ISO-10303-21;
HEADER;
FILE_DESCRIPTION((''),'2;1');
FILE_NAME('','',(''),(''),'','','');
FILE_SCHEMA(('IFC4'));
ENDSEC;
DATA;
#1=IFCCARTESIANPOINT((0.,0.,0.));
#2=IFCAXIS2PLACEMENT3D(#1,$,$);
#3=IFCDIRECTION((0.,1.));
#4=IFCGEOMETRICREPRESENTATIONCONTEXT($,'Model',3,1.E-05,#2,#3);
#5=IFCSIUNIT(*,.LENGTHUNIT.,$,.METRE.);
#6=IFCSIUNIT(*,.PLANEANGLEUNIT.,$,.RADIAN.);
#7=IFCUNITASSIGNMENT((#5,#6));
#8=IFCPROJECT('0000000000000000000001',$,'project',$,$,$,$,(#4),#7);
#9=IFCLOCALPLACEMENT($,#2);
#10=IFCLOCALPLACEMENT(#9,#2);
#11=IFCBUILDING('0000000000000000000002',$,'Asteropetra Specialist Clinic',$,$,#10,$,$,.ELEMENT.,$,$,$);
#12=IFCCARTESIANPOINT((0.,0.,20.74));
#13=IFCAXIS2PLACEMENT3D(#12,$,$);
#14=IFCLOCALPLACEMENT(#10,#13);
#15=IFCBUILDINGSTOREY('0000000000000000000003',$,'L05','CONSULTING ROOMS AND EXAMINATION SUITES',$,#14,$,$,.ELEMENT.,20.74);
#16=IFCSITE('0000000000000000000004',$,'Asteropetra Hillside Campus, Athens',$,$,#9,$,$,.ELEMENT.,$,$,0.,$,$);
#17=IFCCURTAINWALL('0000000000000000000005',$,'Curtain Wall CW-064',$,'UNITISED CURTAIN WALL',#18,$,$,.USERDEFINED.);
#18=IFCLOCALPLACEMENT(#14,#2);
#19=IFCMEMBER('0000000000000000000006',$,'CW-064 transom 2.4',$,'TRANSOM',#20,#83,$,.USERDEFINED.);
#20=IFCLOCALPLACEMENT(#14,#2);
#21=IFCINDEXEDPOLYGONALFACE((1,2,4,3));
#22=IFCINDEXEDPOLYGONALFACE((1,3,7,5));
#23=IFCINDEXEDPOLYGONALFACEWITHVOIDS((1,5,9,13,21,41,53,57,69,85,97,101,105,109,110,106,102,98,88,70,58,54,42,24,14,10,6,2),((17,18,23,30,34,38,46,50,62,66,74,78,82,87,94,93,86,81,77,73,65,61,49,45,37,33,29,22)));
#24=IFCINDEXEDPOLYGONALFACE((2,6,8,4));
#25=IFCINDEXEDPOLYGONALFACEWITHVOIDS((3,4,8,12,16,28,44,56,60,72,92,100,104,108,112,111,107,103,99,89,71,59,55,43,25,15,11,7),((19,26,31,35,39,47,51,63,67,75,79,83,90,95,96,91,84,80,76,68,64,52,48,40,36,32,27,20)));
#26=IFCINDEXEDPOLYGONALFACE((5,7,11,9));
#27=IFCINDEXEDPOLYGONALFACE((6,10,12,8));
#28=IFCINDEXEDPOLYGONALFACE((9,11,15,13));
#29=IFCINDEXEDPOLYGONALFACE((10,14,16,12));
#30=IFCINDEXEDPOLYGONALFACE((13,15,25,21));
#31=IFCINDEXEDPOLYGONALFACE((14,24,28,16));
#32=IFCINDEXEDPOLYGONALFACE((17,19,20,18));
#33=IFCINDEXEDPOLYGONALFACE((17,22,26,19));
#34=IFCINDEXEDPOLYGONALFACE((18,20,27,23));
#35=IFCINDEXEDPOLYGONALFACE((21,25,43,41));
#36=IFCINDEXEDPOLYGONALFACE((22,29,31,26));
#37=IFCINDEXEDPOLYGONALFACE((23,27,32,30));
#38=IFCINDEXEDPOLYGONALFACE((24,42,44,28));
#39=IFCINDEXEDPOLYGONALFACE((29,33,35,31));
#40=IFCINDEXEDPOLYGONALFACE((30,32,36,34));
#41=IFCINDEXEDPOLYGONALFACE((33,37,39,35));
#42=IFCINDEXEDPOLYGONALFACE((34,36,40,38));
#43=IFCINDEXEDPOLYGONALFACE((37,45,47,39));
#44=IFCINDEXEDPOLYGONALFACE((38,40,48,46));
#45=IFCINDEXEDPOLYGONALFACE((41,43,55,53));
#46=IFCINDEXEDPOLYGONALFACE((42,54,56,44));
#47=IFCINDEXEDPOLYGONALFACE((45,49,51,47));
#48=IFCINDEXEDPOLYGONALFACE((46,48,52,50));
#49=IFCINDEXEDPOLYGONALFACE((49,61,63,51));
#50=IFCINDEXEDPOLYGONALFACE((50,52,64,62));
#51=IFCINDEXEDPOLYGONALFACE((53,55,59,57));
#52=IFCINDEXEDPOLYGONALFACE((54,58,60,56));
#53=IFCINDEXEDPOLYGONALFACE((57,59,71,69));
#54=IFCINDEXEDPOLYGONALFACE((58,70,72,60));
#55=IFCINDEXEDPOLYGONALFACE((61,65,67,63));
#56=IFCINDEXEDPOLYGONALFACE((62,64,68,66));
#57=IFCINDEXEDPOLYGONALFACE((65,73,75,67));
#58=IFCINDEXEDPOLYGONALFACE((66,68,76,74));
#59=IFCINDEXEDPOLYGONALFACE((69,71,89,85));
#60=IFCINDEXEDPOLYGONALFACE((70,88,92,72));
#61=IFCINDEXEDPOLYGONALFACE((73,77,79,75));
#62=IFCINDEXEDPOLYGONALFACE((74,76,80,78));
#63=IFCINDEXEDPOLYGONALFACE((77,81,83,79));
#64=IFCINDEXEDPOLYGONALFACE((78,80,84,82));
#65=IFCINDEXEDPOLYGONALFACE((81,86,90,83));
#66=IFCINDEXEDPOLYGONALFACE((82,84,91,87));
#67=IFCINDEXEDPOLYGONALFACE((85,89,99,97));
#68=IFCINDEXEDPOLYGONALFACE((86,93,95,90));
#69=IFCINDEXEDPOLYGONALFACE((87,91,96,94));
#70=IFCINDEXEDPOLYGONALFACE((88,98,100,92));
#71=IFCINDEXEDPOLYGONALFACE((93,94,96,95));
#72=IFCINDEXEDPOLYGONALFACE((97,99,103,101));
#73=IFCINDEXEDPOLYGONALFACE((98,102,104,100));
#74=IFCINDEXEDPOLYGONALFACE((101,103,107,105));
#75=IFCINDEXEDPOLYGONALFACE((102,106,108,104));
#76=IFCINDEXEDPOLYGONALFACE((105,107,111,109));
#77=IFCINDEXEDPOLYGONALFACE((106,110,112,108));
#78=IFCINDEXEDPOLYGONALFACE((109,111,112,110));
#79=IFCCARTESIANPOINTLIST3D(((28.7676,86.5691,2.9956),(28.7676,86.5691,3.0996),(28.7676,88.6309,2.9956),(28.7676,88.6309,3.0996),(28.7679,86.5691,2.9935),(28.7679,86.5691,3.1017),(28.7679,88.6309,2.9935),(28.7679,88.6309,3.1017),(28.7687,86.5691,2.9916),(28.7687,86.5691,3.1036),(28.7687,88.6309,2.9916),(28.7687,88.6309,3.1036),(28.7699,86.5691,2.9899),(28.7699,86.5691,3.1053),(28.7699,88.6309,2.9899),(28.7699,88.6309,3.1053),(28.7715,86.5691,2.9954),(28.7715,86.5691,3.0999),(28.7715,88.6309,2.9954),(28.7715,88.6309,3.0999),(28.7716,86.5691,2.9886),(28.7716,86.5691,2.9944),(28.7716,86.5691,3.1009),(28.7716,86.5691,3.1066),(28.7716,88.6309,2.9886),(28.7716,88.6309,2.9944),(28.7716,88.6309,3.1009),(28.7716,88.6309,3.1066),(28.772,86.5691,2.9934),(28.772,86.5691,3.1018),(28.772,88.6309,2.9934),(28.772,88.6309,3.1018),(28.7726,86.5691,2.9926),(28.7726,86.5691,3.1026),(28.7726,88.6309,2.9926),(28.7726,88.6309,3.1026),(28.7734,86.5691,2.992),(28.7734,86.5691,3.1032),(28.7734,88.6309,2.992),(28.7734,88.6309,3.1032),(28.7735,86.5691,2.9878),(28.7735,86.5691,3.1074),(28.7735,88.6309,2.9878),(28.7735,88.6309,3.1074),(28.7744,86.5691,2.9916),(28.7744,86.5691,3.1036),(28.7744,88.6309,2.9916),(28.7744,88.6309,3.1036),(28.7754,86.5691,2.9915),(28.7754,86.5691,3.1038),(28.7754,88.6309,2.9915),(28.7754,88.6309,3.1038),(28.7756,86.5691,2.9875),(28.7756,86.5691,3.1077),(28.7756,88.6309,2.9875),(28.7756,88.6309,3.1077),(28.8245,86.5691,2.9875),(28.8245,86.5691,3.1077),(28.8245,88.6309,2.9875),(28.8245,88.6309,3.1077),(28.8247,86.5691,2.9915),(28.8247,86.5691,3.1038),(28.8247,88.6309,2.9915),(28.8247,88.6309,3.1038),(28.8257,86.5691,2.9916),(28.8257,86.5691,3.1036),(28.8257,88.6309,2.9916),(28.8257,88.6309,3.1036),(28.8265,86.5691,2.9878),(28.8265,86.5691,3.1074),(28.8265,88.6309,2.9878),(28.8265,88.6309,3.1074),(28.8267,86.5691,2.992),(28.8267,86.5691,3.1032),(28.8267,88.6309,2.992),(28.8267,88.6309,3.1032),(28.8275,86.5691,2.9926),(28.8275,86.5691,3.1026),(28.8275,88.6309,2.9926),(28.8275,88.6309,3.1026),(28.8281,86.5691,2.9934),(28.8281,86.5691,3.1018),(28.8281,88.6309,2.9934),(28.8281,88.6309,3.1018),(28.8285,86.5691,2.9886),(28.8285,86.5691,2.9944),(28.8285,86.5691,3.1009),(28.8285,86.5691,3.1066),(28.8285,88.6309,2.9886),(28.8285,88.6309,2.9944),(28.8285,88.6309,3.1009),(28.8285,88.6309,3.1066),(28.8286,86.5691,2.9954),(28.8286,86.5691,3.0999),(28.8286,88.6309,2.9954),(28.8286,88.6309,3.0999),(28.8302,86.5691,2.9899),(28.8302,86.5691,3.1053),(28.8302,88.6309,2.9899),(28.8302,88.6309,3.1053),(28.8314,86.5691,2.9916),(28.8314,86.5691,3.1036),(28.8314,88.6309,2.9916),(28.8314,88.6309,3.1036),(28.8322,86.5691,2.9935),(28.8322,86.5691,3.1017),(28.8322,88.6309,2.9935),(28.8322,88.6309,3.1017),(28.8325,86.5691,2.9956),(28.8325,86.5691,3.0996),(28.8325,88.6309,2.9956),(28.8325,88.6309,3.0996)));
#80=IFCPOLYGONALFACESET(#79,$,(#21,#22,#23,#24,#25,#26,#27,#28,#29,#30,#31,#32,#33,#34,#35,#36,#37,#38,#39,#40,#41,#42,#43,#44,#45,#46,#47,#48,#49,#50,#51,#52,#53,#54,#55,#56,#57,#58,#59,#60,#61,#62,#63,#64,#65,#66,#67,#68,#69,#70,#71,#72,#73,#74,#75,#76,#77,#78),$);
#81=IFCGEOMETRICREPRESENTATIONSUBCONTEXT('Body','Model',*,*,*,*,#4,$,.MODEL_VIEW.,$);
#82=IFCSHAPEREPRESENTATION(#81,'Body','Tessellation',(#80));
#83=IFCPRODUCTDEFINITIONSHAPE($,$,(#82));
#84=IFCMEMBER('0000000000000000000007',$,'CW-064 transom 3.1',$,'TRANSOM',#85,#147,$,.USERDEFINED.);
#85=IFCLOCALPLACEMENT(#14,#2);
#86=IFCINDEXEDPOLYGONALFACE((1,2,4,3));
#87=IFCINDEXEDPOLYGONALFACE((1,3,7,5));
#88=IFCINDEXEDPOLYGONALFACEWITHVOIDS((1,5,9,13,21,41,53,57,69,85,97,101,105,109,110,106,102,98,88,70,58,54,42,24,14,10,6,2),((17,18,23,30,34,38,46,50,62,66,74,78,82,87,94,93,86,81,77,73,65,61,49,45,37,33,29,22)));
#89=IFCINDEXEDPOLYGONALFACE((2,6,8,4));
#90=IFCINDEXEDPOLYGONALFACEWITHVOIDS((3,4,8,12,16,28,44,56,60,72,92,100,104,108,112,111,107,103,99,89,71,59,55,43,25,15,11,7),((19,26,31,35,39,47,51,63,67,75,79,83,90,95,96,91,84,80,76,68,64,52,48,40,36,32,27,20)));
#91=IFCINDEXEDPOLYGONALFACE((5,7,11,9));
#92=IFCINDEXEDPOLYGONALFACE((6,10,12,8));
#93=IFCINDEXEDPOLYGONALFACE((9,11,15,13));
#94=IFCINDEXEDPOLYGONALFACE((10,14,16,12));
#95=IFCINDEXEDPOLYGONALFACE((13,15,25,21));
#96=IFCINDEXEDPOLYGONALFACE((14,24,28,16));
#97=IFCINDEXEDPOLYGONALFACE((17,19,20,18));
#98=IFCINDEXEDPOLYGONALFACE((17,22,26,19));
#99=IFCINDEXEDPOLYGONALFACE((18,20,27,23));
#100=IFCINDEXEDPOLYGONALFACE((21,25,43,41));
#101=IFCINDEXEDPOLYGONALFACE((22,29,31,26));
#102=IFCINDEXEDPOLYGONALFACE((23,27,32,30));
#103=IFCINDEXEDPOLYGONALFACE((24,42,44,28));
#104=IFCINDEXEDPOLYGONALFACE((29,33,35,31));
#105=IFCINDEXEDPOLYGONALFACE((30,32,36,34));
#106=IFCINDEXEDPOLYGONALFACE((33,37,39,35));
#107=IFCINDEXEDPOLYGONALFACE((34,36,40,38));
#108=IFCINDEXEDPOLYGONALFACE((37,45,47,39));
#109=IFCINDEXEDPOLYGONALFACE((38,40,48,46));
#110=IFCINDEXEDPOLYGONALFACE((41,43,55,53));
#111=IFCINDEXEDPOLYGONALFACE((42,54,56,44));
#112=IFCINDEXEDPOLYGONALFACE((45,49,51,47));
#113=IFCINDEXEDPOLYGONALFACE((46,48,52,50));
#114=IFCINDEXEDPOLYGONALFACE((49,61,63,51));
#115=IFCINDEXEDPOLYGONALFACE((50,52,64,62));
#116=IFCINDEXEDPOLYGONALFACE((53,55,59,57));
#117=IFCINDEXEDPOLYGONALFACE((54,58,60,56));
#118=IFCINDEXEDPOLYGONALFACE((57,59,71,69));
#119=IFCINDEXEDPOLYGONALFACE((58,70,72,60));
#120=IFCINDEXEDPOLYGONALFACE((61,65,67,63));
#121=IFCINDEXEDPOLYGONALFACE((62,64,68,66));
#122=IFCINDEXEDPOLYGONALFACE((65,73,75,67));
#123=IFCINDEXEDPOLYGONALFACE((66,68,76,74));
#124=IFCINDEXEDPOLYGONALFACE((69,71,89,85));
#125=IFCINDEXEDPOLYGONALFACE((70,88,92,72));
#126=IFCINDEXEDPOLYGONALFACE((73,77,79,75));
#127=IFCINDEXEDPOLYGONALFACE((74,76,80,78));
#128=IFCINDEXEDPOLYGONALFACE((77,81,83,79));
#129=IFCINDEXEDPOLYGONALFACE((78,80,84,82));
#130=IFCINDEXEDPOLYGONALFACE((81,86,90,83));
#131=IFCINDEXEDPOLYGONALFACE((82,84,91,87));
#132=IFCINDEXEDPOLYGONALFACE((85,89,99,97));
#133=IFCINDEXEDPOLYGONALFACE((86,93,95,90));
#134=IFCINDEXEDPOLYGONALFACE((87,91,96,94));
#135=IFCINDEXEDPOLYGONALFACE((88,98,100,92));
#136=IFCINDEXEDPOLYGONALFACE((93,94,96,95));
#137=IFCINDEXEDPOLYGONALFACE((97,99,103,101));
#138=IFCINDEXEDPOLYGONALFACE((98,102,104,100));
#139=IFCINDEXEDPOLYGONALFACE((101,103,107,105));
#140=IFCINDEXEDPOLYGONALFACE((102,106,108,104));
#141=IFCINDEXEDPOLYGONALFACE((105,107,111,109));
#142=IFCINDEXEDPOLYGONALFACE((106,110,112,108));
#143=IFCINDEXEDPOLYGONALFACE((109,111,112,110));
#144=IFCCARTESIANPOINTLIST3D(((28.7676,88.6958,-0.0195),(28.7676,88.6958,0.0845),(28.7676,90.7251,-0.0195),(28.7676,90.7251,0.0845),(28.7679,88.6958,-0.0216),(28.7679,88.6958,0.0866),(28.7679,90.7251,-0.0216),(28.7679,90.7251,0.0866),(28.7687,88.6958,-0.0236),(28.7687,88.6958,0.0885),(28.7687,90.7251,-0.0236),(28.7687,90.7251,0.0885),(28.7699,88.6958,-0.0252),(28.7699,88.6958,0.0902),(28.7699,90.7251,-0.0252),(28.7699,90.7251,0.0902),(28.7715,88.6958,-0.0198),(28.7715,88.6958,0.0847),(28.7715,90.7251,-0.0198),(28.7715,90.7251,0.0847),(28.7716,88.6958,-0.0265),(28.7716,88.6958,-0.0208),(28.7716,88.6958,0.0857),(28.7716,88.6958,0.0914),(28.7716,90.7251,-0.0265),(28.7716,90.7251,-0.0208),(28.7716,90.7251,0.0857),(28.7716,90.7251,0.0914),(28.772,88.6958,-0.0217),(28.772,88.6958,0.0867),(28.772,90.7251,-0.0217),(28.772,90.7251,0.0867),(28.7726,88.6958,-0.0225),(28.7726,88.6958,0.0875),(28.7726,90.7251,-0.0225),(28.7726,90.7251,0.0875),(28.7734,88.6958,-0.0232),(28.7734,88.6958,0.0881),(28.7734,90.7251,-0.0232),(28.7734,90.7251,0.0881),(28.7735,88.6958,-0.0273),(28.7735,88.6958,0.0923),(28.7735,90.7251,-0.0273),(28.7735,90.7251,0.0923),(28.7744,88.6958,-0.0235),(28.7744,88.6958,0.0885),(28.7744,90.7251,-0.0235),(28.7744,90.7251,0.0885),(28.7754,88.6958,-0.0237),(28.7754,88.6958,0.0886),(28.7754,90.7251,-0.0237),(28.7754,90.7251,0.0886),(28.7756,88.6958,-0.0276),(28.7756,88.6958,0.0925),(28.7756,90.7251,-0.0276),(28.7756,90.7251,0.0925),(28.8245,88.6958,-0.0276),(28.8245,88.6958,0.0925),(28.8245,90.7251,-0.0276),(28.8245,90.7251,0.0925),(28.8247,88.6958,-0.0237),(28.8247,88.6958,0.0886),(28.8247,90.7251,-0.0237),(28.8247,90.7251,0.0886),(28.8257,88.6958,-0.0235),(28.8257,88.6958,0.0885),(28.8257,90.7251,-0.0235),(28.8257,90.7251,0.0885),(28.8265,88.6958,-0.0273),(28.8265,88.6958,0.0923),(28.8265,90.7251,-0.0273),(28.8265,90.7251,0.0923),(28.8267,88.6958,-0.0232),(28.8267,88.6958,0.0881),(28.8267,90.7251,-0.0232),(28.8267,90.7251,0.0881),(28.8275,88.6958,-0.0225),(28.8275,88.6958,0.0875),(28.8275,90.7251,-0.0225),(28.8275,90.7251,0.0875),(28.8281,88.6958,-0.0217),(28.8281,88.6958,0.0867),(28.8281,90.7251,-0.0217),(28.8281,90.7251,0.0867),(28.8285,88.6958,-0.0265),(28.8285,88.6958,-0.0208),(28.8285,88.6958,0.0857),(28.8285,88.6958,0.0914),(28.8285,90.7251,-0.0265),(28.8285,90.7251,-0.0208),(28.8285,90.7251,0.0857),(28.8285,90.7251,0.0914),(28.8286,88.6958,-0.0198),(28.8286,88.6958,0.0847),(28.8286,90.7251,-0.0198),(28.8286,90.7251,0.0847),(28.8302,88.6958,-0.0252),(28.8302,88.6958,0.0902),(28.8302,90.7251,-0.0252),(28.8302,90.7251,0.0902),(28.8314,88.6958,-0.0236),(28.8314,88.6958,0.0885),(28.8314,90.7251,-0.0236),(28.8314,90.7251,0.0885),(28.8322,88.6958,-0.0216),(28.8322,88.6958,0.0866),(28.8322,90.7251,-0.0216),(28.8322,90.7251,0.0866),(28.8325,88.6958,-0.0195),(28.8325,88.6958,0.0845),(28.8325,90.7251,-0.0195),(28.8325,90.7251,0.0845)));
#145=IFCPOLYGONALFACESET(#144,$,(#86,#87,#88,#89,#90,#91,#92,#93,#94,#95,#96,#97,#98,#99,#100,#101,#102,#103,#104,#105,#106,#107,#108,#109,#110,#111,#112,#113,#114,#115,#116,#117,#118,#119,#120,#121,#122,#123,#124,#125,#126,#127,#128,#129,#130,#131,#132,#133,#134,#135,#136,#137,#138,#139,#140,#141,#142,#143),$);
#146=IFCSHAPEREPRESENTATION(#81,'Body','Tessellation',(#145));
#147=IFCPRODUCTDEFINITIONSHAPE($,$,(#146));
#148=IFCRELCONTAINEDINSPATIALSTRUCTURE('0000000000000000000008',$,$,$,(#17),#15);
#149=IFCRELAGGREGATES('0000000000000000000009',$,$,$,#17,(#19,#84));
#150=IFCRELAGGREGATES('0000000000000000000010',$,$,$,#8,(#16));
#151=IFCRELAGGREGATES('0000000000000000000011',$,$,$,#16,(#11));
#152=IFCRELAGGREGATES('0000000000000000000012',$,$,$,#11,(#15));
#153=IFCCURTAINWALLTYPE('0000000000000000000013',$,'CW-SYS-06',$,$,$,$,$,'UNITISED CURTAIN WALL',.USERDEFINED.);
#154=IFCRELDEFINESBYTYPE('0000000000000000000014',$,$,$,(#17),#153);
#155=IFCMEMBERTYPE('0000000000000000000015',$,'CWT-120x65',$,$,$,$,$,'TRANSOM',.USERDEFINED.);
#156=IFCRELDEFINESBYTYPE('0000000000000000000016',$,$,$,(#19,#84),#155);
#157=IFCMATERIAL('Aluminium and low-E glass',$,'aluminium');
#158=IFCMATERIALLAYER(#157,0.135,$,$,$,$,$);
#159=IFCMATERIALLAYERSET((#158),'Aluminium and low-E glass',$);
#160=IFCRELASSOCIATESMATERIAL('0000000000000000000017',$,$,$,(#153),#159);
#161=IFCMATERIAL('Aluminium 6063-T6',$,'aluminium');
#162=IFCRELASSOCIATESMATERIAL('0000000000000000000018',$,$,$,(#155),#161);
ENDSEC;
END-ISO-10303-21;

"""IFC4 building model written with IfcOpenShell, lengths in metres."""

from ifc_helpers import new_model, si_unit, direction, frame, origin, origin_2d, place, context, subcontext, project, spatial, hollow_rectangle, extrude, material, layer, layer_set, material_profile, profile_set, type_object, element, aggregate, save


model = new_model("IFC4")

# Units and contexts
model_context = context("Model", 3, precision=1e-05, world=origin(), true_north=direction((0.0, 1.0)))
body_context = subcontext(model_context, "Body", "Model", "MODEL_VIEW")
ifc_project = project(units=[si_unit("LENGTHUNIT", "METRE"), si_unit("PLANEANGLEUNIT", "RADIAN")], contexts=[model_context])

# Site, building, storey
site_placement = place(None, origin())
site = spatial("IfcSite", under=ifc_project, at=site_placement, Name="Asteropetra Hillside Campus, Athens", CompositionType="ELEMENT", RefElevation=0.0)
building_placement = place(site_placement, origin())
building = spatial("IfcBuilding", under=site, at=building_placement, Name="Asteropetra Specialist Clinic", CompositionType="ELEMENT")
storey_placement = place(building_placement, frame((0.0, 0.0, 20.74)))
storey = spatial("IfcBuildingStorey", under=building, at=storey_placement, Name="L05", Description="CONSULTING ROOMS AND EXAMINATION SUITES", CompositionType="ELEMENT", Elevation=20.74)

# Curtain wall, members
ifc_material_1 = material(Name="Aluminium and low-E glass", Category="aluminium")
ifc_layer_1 = layer(ifc_material_1, 0.135)
ifc_layer_set_1 = layer_set([ifc_layer_1], Name="Aluminium and low-E glass")
curtain_wall_type = type_object("IfcCurtainWallType", Name="CW-SYS-06", ElementType="UNITISED CURTAIN WALL", PredefinedType="USERDEFINED", material=ifc_layer_set_1)
curtain_wall_placement = place(storey_placement, origin())
curtain_wall = element("IfcCurtainWall", 1, at=curtain_wall_placement, inside=storey, type_object=curtain_wall_type, Name="Curtain Wall CW-064", ObjectType="UNITISED CURTAIN WALL", PredefinedType="USERDEFINED")
ifc_material_2 = material(Name="Aluminium 6063-T6", Category="aluminium")
ifc_material_profile_1 = material_profile(ifc_material_2, hollow_rectangle(XDim=0.0649, YDim=0.1201, WallThickness=0.0039, InnerFilletRadius=0.0039, OuterFilletRadius=0.0081, at=origin_2d()), Name="TRN 120x65x4.0")
ifc_profile_set_1 = profile_set([ifc_material_profile_1], Name="Aluminium 6063-T6")
member_type_1 = type_object("IfcMemberType", Name="CWT-120x65", ElementType="TRANSOM", PredefinedType="USERDEFINED", material=ifc_profile_set_1)
member_1_placement = place(storey_placement, frame((28.8, 86.5691, 3.0476), z_axis=(0.0, 1.0, 0.0), x_axis=(-1.0, 0.0, 0.0)))
member_1 = element("IfcMember", 2, at=member_1_placement, type_object=member_type_1, Name="CW-064 transom 2.4", ObjectType="TRANSOM", PredefinedType="USERDEFINED", context=body_context, shape_type="SweptSolid", body=[
    extrude(hollow_rectangle(XDim=0.0649, YDim=0.1201, WallThickness=0.0039, InnerFilletRadius=0.0039, OuterFilletRadius=0.0081, at=origin_2d()), origin(), (0.0, 0.0, 1.0), 2.0618),
])
member_2_placement = place(storey_placement, frame((28.8, 88.6958, 0.0325), z_axis=(0.0, 1.0, 0.0), x_axis=(-1.0, 0.0, 0.0)))
member_2 = element("IfcMember", 3, at=member_2_placement, type_object=member_type_1, Name="CW-064 transom 3.1", ObjectType="TRANSOM", PredefinedType="USERDEFINED", context=body_context, shape_type="SweptSolid", body=[
    extrude(hollow_rectangle(XDim=0.0649, YDim=0.1201, WallThickness=0.0039, InnerFilletRadius=0.0039, OuterFilletRadius=0.0081, at=origin_2d()), origin(), (0.0, 0.0, 1.0), 2.0293),
])
aggregate(curtain_wall, [member_1, member_2])

save(model, "model.ifc")
